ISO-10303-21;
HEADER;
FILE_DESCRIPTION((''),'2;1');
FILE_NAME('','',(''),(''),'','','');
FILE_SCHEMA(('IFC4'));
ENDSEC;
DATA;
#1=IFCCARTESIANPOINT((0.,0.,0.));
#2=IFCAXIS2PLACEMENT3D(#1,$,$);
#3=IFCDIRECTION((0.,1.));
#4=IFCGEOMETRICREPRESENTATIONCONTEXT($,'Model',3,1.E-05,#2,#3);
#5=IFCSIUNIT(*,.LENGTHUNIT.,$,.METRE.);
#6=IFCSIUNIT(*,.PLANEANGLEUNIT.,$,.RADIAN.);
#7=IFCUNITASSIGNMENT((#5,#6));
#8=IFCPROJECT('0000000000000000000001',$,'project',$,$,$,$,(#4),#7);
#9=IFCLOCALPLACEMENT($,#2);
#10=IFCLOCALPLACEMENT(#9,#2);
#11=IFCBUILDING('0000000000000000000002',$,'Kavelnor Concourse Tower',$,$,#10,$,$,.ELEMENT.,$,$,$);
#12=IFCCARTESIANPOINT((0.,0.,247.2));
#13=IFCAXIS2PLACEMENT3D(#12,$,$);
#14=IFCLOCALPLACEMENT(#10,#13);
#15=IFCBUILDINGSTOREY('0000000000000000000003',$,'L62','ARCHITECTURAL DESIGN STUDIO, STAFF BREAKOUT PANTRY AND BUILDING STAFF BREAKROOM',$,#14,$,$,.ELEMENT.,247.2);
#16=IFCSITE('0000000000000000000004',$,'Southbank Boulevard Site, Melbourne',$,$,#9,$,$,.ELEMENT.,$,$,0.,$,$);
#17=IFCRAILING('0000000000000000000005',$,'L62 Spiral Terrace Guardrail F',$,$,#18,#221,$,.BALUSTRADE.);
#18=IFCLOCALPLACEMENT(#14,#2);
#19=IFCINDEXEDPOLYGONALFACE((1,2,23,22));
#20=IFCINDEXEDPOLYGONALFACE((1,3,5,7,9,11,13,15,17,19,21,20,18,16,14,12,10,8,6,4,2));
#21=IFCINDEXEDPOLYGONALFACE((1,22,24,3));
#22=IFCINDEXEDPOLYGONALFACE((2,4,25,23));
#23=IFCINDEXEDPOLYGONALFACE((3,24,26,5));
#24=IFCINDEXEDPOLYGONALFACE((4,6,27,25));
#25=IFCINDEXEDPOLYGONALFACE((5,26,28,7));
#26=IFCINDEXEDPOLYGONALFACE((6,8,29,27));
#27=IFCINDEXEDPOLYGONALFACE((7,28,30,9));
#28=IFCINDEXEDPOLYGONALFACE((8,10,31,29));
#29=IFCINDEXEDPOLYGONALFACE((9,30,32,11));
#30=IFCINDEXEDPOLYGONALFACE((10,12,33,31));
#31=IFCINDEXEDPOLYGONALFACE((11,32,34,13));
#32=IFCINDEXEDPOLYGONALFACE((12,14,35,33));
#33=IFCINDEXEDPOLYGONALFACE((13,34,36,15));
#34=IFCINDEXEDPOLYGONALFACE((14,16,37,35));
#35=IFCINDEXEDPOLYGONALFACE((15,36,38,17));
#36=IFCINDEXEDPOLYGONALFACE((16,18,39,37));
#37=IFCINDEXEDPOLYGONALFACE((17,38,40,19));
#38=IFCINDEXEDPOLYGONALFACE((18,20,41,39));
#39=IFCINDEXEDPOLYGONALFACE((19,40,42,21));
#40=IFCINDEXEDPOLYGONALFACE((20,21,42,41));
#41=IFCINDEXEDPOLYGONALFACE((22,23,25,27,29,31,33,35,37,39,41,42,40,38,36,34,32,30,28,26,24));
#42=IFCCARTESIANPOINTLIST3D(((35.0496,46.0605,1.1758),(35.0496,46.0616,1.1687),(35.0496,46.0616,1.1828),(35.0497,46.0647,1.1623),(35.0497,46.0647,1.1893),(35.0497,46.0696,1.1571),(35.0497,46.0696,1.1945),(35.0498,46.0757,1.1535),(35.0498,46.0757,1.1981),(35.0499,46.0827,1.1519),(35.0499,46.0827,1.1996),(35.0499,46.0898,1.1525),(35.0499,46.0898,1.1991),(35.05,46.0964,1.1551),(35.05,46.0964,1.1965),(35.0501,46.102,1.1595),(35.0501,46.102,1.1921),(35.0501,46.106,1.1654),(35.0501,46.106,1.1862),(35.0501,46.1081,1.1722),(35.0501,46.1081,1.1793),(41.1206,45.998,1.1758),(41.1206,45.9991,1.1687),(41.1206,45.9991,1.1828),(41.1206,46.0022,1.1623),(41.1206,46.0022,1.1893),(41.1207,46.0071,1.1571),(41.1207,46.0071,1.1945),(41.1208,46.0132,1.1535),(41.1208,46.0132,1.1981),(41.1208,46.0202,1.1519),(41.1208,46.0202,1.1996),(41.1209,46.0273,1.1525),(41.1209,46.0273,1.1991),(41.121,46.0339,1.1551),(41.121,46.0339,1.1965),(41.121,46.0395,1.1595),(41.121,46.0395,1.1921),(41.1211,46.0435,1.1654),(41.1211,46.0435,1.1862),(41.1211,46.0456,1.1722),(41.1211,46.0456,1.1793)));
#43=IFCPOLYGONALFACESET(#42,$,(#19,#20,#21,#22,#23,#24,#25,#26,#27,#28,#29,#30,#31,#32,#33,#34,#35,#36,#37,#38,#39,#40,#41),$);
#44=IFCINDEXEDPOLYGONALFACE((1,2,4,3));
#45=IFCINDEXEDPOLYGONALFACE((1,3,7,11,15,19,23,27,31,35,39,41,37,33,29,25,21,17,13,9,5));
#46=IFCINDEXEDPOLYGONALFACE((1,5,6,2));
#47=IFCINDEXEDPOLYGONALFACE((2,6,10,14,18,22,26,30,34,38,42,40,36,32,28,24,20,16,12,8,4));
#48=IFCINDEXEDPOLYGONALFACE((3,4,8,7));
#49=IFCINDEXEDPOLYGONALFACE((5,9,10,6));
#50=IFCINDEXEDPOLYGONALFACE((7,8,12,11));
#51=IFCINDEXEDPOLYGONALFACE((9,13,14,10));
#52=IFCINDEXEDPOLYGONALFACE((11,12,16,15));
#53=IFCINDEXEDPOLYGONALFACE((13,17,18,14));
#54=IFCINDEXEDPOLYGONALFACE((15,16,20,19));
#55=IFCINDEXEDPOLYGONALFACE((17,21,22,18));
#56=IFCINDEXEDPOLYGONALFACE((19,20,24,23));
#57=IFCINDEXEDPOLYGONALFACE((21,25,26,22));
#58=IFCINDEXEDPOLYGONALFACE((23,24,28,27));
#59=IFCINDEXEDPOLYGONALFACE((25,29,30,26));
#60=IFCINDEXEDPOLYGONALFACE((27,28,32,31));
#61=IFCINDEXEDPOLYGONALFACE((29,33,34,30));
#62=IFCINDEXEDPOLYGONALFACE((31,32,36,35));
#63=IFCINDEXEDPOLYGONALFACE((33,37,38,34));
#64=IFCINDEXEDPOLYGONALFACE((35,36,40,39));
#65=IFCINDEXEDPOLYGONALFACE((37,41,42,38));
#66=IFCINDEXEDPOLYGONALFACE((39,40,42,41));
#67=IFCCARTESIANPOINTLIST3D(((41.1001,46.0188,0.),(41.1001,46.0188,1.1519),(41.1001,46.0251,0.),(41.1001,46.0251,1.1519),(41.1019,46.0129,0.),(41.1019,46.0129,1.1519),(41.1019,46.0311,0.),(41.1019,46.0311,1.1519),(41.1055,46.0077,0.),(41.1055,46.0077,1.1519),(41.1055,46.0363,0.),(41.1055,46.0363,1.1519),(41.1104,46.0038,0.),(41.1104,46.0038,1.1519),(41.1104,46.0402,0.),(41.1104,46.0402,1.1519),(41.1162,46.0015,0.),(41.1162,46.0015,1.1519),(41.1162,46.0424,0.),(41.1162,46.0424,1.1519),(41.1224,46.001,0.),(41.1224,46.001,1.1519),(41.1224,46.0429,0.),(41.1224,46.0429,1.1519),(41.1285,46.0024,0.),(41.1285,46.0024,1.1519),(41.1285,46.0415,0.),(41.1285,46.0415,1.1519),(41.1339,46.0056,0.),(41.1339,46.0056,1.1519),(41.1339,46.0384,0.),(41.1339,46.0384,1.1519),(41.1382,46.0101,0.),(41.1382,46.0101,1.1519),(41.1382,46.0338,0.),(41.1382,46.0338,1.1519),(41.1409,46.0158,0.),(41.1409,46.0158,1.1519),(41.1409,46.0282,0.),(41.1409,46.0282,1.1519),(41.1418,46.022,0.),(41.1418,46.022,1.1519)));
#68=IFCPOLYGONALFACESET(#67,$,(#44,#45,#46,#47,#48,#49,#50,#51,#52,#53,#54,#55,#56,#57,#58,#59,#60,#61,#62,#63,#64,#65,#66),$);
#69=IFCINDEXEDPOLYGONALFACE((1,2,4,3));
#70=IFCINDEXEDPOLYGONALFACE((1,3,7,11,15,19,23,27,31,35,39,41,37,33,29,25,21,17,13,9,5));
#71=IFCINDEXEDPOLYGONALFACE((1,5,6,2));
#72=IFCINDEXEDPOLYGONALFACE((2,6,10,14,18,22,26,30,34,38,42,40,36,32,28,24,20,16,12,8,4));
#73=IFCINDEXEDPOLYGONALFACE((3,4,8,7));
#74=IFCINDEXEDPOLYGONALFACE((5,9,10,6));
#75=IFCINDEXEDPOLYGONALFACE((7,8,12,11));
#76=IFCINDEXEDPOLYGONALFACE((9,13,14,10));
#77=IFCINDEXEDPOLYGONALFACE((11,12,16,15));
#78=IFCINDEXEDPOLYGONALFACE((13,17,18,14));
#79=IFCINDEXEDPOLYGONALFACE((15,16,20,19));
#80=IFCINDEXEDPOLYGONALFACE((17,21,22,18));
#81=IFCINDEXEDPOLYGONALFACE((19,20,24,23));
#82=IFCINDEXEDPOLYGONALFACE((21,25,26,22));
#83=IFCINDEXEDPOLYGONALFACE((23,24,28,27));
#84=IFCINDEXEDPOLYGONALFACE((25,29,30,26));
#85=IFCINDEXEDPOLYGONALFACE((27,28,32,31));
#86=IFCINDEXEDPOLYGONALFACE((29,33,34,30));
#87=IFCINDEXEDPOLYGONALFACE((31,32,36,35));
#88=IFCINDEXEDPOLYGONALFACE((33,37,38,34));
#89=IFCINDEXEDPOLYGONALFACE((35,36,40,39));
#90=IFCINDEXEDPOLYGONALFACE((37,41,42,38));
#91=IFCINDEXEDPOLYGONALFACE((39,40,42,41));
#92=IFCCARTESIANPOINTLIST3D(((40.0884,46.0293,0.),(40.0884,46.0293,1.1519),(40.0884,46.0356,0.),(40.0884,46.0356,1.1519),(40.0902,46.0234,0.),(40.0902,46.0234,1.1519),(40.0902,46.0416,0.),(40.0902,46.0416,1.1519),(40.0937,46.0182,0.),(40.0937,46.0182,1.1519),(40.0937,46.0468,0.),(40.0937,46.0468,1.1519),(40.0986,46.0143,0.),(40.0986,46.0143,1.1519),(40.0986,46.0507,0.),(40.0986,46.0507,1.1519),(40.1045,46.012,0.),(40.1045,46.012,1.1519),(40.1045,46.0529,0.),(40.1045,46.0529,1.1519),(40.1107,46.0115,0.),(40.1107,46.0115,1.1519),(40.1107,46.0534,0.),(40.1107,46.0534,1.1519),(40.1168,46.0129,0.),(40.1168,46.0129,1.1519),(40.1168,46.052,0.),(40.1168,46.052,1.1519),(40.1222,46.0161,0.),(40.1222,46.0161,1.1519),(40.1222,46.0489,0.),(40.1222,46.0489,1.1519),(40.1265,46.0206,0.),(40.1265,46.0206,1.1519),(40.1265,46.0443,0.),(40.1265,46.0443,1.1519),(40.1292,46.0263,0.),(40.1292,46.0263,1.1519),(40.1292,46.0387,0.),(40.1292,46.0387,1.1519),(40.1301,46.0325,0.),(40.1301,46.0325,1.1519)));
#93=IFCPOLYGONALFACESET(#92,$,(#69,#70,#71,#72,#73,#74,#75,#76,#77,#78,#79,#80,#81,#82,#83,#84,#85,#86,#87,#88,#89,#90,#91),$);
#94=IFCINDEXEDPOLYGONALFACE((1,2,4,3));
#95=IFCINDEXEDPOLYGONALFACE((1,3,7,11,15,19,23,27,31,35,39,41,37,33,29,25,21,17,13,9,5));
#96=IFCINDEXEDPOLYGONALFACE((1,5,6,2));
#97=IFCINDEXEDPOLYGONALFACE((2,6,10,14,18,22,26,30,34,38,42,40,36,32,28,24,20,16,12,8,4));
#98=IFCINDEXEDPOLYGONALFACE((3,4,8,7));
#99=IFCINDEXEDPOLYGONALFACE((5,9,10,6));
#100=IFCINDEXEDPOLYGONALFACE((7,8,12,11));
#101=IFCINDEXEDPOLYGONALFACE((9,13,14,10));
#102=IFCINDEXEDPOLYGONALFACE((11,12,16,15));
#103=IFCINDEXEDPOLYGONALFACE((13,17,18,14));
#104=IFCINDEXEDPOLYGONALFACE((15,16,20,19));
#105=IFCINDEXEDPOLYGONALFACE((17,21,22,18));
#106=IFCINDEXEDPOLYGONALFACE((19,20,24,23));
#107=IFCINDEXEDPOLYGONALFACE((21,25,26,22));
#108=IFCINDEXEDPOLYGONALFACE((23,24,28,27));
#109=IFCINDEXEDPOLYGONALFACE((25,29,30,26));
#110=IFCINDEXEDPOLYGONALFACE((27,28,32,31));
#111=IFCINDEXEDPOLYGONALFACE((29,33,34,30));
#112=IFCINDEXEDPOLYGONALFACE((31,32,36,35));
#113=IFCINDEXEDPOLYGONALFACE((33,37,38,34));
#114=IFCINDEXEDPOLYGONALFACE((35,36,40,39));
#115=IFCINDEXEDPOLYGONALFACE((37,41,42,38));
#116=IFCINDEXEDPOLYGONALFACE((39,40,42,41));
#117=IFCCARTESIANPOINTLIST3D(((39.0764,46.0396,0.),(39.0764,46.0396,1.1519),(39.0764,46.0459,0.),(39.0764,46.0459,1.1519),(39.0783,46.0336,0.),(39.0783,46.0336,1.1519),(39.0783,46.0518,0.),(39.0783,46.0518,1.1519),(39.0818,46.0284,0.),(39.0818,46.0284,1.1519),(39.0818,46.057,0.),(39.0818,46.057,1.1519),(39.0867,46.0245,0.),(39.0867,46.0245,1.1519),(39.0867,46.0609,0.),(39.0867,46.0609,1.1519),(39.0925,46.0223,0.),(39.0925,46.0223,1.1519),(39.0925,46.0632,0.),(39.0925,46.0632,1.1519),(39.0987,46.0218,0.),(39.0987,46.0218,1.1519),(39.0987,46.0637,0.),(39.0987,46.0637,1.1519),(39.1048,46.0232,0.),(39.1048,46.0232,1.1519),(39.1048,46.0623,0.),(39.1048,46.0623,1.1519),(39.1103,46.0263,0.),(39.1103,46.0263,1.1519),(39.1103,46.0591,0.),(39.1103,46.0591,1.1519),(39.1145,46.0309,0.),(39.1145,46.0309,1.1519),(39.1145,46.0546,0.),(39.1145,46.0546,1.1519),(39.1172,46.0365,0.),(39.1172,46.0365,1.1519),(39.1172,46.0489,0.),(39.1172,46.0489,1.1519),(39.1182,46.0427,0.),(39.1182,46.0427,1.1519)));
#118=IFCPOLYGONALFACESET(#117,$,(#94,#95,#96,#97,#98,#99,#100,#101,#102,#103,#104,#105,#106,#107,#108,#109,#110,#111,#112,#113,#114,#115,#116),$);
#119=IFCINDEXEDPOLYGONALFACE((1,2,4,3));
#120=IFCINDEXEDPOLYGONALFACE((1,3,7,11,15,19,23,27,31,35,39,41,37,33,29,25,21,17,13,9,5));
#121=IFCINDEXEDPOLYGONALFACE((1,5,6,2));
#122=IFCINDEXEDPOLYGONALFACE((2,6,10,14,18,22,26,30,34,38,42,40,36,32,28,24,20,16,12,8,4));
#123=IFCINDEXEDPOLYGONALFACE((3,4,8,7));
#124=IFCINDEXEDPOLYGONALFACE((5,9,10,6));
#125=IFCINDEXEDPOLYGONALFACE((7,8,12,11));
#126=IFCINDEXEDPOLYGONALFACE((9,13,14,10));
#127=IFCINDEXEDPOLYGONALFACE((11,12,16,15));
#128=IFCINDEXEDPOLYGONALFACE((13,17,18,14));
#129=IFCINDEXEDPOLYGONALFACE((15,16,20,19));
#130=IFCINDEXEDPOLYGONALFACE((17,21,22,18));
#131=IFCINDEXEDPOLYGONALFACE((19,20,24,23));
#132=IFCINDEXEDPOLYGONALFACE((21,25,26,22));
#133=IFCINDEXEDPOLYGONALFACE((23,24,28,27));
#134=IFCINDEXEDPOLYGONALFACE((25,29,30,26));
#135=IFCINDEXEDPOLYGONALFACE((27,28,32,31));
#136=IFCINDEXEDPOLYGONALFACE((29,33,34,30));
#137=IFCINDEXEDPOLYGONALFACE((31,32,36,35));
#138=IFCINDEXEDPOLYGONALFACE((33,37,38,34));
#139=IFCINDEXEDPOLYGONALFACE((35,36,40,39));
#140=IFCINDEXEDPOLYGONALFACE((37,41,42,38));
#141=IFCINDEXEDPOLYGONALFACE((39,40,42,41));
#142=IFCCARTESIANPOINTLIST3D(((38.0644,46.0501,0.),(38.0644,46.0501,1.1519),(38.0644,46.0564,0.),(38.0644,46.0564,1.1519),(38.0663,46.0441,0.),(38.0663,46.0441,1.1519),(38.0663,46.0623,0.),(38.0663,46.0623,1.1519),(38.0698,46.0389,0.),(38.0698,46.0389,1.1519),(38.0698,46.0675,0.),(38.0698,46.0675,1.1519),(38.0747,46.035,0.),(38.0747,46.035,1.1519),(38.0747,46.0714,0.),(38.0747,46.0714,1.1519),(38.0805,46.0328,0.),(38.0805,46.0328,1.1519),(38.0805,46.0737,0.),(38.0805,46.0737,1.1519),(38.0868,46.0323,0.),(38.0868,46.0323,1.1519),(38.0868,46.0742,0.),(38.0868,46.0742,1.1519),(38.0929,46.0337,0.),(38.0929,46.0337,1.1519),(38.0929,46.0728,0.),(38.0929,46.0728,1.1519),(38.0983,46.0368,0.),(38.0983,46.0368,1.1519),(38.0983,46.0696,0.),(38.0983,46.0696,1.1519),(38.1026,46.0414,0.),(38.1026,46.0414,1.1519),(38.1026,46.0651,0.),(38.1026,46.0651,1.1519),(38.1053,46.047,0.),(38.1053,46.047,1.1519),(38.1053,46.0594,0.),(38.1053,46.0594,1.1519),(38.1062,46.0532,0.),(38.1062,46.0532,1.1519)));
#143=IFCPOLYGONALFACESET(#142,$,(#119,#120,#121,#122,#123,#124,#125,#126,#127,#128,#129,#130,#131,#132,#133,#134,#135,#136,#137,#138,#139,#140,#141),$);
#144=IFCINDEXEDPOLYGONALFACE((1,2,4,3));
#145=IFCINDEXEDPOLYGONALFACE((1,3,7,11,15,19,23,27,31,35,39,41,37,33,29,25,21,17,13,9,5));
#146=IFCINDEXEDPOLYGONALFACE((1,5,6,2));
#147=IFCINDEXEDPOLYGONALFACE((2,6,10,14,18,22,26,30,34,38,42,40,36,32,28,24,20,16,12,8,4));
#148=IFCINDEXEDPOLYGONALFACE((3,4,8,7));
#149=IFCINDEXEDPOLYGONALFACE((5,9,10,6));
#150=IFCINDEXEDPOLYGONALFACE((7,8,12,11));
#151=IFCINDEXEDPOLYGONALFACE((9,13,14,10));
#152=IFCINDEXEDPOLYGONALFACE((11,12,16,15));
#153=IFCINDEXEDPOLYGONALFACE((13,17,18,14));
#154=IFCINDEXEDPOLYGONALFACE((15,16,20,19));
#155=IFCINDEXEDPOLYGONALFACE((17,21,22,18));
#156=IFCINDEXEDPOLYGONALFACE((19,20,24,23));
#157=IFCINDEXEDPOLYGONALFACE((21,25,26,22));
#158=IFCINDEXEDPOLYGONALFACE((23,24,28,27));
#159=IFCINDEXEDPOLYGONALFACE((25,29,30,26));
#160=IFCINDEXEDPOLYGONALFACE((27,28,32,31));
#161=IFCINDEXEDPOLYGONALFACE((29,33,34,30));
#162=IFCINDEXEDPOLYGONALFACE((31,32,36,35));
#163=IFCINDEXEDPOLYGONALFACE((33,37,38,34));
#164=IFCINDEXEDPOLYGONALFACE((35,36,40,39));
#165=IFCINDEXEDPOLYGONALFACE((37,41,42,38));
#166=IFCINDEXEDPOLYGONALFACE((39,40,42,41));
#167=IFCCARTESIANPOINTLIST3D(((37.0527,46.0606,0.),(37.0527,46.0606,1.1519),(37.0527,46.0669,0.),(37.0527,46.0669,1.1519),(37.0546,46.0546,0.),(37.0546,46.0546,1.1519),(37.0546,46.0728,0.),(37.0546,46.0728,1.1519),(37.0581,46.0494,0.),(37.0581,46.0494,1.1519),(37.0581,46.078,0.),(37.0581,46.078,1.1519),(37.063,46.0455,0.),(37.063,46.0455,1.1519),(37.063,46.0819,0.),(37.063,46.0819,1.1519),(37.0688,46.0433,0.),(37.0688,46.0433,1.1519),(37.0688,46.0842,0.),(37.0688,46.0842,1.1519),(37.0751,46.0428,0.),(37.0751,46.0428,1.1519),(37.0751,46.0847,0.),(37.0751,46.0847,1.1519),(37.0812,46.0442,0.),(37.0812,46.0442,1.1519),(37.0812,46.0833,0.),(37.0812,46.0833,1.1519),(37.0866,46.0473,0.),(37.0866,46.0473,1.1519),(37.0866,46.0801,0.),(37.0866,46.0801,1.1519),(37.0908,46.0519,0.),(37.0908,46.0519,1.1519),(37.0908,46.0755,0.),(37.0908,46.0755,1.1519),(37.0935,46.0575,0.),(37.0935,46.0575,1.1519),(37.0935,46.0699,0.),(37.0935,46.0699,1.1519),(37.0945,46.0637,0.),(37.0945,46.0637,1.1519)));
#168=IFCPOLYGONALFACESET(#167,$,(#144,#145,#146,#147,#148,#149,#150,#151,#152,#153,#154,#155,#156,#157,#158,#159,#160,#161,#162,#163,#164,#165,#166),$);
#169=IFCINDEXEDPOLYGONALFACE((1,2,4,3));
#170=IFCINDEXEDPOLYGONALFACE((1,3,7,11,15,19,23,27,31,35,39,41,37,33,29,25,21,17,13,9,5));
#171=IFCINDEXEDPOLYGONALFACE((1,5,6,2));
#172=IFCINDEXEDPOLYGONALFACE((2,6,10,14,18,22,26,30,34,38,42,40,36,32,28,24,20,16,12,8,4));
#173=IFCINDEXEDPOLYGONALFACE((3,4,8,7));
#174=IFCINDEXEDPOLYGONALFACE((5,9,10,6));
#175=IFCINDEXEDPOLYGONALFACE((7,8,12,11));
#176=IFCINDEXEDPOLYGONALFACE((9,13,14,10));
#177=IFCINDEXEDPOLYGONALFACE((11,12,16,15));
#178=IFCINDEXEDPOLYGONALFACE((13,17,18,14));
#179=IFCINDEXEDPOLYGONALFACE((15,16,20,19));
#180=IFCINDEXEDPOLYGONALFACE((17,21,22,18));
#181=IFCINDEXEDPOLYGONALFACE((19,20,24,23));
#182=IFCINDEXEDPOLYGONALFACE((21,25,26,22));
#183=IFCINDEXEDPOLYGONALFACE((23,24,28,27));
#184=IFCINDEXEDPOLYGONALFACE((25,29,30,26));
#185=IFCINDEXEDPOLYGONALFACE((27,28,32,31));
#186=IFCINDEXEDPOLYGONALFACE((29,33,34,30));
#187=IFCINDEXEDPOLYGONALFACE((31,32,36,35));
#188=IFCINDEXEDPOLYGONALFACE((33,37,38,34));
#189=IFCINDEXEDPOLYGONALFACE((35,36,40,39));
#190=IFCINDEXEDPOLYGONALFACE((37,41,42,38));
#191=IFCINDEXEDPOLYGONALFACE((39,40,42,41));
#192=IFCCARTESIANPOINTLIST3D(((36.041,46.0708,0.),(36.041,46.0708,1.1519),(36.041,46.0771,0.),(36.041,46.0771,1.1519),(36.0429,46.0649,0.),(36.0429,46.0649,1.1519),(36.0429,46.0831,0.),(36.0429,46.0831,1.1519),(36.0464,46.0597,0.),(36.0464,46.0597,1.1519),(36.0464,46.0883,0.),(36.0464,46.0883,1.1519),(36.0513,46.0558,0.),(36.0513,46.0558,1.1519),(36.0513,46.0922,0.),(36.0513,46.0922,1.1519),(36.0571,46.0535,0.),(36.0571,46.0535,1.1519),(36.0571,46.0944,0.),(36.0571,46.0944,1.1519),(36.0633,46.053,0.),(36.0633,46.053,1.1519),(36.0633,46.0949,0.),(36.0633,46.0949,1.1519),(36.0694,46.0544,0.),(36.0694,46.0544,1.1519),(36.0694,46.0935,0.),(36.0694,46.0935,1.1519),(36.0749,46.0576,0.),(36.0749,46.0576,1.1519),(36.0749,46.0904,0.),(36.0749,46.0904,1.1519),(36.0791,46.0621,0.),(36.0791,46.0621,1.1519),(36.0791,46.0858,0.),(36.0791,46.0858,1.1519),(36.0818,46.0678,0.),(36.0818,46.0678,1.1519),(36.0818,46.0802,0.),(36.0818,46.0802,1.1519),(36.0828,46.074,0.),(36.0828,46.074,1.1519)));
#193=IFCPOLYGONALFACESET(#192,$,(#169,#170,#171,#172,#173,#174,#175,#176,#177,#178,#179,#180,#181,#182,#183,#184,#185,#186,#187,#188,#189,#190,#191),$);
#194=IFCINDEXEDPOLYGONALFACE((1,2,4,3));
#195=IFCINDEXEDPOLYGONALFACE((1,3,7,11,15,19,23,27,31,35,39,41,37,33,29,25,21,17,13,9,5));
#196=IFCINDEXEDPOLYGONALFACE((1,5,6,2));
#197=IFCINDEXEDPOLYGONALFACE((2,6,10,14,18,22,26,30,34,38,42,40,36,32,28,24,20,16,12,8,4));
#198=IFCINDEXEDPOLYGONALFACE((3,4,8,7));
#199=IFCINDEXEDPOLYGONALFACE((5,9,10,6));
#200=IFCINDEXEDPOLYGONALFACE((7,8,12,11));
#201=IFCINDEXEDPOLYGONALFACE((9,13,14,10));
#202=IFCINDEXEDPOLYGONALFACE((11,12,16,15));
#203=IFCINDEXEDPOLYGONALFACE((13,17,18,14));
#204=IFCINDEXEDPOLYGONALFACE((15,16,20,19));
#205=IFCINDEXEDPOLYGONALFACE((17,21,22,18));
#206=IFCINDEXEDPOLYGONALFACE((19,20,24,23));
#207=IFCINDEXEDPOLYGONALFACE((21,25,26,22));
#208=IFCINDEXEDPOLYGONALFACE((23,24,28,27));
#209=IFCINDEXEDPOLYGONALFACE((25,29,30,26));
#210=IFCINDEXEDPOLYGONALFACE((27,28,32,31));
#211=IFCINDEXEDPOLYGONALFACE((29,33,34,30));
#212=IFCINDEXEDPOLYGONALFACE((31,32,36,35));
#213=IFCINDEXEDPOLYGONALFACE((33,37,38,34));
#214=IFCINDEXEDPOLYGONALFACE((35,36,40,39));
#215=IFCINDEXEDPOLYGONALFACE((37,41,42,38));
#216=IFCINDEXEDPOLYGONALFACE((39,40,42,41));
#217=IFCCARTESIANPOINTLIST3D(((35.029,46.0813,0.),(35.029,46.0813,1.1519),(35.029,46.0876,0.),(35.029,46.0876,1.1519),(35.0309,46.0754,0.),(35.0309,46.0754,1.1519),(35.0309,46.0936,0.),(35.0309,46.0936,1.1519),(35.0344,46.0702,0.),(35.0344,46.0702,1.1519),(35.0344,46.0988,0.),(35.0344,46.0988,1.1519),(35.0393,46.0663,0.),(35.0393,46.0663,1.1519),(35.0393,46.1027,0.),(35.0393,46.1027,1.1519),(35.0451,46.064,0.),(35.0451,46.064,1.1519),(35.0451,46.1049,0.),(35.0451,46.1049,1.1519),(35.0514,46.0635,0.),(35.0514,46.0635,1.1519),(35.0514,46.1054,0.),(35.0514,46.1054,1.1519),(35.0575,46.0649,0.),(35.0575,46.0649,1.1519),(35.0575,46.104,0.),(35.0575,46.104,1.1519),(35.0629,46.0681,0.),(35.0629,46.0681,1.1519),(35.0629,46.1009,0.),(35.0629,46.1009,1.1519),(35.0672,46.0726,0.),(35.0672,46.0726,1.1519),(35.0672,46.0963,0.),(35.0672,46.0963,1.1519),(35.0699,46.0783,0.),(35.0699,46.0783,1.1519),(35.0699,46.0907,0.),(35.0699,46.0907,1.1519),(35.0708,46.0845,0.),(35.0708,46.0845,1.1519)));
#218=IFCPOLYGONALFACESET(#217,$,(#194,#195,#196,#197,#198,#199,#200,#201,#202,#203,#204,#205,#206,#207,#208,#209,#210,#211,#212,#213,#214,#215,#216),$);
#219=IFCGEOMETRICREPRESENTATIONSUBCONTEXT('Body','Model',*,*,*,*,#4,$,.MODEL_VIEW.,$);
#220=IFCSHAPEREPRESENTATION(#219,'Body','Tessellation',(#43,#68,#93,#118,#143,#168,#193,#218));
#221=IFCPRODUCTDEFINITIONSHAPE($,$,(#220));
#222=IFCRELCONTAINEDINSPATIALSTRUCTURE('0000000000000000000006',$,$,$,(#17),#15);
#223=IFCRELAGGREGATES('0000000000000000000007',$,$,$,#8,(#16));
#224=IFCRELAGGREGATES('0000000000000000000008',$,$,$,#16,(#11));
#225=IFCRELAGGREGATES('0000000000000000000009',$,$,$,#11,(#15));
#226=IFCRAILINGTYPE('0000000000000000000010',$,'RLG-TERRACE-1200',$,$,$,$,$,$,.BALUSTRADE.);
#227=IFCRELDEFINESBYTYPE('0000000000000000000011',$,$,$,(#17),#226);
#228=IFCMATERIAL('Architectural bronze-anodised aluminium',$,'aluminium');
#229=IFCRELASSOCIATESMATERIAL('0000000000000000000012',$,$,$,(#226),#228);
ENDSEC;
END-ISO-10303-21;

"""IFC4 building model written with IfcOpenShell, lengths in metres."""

from ifc_helpers import new_model, si_unit, direction, frame, origin, origin_2d, place, context, subcontext, project, spatial, circle, extrude, material, type_object, element, save


model = new_model("IFC4")

# Units and contexts
model_context = context("Model", 3, precision=1e-05, world=origin(), true_north=direction((0.0, 1.0)))
body_context = subcontext(model_context, "Body", "Model", "MODEL_VIEW")
ifc_project = project(units=[si_unit("LENGTHUNIT", "METRE"), si_unit("PLANEANGLEUNIT", "RADIAN")], contexts=[model_context])

# Site, building, storey
site_placement = place(None, origin())
site = spatial("IfcSite", under=ifc_project, at=site_placement, Name="Southbank Boulevard Site, Melbourne", CompositionType="ELEMENT", RefElevation=0.0)
building_placement = place(site_placement, origin())
building = spatial("IfcBuilding", under=site, at=building_placement, Name="Kavelnor Concourse Tower", CompositionType="ELEMENT")
storey_placement = place(building_placement, frame((0.0, 0.0, 247.2)))
storey = spatial("IfcBuildingStorey", under=building, at=storey_placement, Name="L62", Description="ARCHITECTURAL DESIGN STUDIO, STAFF BREAKOUT PANTRY AND BUILDING STAFF BREAKROOM", CompositionType="ELEMENT", Elevation=247.2)

# Railing
ifc_material_1 = material(Name="Architectural bronze-anodised aluminium", Category="aluminium")
railing_type = type_object("IfcRailingType", Name="RLG-TERRACE-1200", PredefinedType="BALUSTRADE", material=ifc_material_1)
railing_1_placement = place(storey_placement, frame((41.1208, 46.022, 0.0)))
element("IfcRailing", 1, at=railing_1_placement, inside=storey, type_object=railing_type, Name="L62 Spiral Terrace Guardrail F", PredefinedType="BALUSTRADE", context=body_context, shape_type="SweptSolid", body=[
    extrude(circle(Radius=0.0239, at=origin_2d()), frame((0.0, 0.0, 1.1758), z_axis=(-0.999947, 0.010294, 0.0), x_axis=(-0.010294, -0.999947, 0.0)), (0.0, 0.0, 1.0), 6.0713),
    extrude(circle(Radius=0.021, at=origin_2d()), origin(), (0.0, 0.0, 1.0), 1.1519),
    extrude(circle(Radius=0.021, at=origin_2d()), frame((-1.0117, 0.0105, 0.0)), (0.0, 0.0, 1.0), 1.1519),
    extrude(circle(Radius=0.021, at=origin_2d()), frame((-2.0237, 0.0208, 0.0)), (0.0, 0.0, 1.0), 1.1519),
    extrude(circle(Radius=0.021, at=origin_2d()), frame((-3.0356, 0.0312, 0.0)), (0.0, 0.0, 1.0), 1.1519),
    extrude(circle(Radius=0.021, at=origin_2d()), frame((-4.0474, 0.0417, 0.0)), (0.0, 0.0, 1.0), 1.1519),
    extrude(circle(Radius=0.021, at=origin_2d()), frame((-5.0591, 0.052, 0.0)), (0.0, 0.0, 1.0), 1.1519),
    extrude(circle(Radius=0.021, at=origin_2d()), frame((-6.071, 0.0625, 0.0)), (0.0, 0.0, 1.0), 1.1519),
])

save(model, "model.ifc")
